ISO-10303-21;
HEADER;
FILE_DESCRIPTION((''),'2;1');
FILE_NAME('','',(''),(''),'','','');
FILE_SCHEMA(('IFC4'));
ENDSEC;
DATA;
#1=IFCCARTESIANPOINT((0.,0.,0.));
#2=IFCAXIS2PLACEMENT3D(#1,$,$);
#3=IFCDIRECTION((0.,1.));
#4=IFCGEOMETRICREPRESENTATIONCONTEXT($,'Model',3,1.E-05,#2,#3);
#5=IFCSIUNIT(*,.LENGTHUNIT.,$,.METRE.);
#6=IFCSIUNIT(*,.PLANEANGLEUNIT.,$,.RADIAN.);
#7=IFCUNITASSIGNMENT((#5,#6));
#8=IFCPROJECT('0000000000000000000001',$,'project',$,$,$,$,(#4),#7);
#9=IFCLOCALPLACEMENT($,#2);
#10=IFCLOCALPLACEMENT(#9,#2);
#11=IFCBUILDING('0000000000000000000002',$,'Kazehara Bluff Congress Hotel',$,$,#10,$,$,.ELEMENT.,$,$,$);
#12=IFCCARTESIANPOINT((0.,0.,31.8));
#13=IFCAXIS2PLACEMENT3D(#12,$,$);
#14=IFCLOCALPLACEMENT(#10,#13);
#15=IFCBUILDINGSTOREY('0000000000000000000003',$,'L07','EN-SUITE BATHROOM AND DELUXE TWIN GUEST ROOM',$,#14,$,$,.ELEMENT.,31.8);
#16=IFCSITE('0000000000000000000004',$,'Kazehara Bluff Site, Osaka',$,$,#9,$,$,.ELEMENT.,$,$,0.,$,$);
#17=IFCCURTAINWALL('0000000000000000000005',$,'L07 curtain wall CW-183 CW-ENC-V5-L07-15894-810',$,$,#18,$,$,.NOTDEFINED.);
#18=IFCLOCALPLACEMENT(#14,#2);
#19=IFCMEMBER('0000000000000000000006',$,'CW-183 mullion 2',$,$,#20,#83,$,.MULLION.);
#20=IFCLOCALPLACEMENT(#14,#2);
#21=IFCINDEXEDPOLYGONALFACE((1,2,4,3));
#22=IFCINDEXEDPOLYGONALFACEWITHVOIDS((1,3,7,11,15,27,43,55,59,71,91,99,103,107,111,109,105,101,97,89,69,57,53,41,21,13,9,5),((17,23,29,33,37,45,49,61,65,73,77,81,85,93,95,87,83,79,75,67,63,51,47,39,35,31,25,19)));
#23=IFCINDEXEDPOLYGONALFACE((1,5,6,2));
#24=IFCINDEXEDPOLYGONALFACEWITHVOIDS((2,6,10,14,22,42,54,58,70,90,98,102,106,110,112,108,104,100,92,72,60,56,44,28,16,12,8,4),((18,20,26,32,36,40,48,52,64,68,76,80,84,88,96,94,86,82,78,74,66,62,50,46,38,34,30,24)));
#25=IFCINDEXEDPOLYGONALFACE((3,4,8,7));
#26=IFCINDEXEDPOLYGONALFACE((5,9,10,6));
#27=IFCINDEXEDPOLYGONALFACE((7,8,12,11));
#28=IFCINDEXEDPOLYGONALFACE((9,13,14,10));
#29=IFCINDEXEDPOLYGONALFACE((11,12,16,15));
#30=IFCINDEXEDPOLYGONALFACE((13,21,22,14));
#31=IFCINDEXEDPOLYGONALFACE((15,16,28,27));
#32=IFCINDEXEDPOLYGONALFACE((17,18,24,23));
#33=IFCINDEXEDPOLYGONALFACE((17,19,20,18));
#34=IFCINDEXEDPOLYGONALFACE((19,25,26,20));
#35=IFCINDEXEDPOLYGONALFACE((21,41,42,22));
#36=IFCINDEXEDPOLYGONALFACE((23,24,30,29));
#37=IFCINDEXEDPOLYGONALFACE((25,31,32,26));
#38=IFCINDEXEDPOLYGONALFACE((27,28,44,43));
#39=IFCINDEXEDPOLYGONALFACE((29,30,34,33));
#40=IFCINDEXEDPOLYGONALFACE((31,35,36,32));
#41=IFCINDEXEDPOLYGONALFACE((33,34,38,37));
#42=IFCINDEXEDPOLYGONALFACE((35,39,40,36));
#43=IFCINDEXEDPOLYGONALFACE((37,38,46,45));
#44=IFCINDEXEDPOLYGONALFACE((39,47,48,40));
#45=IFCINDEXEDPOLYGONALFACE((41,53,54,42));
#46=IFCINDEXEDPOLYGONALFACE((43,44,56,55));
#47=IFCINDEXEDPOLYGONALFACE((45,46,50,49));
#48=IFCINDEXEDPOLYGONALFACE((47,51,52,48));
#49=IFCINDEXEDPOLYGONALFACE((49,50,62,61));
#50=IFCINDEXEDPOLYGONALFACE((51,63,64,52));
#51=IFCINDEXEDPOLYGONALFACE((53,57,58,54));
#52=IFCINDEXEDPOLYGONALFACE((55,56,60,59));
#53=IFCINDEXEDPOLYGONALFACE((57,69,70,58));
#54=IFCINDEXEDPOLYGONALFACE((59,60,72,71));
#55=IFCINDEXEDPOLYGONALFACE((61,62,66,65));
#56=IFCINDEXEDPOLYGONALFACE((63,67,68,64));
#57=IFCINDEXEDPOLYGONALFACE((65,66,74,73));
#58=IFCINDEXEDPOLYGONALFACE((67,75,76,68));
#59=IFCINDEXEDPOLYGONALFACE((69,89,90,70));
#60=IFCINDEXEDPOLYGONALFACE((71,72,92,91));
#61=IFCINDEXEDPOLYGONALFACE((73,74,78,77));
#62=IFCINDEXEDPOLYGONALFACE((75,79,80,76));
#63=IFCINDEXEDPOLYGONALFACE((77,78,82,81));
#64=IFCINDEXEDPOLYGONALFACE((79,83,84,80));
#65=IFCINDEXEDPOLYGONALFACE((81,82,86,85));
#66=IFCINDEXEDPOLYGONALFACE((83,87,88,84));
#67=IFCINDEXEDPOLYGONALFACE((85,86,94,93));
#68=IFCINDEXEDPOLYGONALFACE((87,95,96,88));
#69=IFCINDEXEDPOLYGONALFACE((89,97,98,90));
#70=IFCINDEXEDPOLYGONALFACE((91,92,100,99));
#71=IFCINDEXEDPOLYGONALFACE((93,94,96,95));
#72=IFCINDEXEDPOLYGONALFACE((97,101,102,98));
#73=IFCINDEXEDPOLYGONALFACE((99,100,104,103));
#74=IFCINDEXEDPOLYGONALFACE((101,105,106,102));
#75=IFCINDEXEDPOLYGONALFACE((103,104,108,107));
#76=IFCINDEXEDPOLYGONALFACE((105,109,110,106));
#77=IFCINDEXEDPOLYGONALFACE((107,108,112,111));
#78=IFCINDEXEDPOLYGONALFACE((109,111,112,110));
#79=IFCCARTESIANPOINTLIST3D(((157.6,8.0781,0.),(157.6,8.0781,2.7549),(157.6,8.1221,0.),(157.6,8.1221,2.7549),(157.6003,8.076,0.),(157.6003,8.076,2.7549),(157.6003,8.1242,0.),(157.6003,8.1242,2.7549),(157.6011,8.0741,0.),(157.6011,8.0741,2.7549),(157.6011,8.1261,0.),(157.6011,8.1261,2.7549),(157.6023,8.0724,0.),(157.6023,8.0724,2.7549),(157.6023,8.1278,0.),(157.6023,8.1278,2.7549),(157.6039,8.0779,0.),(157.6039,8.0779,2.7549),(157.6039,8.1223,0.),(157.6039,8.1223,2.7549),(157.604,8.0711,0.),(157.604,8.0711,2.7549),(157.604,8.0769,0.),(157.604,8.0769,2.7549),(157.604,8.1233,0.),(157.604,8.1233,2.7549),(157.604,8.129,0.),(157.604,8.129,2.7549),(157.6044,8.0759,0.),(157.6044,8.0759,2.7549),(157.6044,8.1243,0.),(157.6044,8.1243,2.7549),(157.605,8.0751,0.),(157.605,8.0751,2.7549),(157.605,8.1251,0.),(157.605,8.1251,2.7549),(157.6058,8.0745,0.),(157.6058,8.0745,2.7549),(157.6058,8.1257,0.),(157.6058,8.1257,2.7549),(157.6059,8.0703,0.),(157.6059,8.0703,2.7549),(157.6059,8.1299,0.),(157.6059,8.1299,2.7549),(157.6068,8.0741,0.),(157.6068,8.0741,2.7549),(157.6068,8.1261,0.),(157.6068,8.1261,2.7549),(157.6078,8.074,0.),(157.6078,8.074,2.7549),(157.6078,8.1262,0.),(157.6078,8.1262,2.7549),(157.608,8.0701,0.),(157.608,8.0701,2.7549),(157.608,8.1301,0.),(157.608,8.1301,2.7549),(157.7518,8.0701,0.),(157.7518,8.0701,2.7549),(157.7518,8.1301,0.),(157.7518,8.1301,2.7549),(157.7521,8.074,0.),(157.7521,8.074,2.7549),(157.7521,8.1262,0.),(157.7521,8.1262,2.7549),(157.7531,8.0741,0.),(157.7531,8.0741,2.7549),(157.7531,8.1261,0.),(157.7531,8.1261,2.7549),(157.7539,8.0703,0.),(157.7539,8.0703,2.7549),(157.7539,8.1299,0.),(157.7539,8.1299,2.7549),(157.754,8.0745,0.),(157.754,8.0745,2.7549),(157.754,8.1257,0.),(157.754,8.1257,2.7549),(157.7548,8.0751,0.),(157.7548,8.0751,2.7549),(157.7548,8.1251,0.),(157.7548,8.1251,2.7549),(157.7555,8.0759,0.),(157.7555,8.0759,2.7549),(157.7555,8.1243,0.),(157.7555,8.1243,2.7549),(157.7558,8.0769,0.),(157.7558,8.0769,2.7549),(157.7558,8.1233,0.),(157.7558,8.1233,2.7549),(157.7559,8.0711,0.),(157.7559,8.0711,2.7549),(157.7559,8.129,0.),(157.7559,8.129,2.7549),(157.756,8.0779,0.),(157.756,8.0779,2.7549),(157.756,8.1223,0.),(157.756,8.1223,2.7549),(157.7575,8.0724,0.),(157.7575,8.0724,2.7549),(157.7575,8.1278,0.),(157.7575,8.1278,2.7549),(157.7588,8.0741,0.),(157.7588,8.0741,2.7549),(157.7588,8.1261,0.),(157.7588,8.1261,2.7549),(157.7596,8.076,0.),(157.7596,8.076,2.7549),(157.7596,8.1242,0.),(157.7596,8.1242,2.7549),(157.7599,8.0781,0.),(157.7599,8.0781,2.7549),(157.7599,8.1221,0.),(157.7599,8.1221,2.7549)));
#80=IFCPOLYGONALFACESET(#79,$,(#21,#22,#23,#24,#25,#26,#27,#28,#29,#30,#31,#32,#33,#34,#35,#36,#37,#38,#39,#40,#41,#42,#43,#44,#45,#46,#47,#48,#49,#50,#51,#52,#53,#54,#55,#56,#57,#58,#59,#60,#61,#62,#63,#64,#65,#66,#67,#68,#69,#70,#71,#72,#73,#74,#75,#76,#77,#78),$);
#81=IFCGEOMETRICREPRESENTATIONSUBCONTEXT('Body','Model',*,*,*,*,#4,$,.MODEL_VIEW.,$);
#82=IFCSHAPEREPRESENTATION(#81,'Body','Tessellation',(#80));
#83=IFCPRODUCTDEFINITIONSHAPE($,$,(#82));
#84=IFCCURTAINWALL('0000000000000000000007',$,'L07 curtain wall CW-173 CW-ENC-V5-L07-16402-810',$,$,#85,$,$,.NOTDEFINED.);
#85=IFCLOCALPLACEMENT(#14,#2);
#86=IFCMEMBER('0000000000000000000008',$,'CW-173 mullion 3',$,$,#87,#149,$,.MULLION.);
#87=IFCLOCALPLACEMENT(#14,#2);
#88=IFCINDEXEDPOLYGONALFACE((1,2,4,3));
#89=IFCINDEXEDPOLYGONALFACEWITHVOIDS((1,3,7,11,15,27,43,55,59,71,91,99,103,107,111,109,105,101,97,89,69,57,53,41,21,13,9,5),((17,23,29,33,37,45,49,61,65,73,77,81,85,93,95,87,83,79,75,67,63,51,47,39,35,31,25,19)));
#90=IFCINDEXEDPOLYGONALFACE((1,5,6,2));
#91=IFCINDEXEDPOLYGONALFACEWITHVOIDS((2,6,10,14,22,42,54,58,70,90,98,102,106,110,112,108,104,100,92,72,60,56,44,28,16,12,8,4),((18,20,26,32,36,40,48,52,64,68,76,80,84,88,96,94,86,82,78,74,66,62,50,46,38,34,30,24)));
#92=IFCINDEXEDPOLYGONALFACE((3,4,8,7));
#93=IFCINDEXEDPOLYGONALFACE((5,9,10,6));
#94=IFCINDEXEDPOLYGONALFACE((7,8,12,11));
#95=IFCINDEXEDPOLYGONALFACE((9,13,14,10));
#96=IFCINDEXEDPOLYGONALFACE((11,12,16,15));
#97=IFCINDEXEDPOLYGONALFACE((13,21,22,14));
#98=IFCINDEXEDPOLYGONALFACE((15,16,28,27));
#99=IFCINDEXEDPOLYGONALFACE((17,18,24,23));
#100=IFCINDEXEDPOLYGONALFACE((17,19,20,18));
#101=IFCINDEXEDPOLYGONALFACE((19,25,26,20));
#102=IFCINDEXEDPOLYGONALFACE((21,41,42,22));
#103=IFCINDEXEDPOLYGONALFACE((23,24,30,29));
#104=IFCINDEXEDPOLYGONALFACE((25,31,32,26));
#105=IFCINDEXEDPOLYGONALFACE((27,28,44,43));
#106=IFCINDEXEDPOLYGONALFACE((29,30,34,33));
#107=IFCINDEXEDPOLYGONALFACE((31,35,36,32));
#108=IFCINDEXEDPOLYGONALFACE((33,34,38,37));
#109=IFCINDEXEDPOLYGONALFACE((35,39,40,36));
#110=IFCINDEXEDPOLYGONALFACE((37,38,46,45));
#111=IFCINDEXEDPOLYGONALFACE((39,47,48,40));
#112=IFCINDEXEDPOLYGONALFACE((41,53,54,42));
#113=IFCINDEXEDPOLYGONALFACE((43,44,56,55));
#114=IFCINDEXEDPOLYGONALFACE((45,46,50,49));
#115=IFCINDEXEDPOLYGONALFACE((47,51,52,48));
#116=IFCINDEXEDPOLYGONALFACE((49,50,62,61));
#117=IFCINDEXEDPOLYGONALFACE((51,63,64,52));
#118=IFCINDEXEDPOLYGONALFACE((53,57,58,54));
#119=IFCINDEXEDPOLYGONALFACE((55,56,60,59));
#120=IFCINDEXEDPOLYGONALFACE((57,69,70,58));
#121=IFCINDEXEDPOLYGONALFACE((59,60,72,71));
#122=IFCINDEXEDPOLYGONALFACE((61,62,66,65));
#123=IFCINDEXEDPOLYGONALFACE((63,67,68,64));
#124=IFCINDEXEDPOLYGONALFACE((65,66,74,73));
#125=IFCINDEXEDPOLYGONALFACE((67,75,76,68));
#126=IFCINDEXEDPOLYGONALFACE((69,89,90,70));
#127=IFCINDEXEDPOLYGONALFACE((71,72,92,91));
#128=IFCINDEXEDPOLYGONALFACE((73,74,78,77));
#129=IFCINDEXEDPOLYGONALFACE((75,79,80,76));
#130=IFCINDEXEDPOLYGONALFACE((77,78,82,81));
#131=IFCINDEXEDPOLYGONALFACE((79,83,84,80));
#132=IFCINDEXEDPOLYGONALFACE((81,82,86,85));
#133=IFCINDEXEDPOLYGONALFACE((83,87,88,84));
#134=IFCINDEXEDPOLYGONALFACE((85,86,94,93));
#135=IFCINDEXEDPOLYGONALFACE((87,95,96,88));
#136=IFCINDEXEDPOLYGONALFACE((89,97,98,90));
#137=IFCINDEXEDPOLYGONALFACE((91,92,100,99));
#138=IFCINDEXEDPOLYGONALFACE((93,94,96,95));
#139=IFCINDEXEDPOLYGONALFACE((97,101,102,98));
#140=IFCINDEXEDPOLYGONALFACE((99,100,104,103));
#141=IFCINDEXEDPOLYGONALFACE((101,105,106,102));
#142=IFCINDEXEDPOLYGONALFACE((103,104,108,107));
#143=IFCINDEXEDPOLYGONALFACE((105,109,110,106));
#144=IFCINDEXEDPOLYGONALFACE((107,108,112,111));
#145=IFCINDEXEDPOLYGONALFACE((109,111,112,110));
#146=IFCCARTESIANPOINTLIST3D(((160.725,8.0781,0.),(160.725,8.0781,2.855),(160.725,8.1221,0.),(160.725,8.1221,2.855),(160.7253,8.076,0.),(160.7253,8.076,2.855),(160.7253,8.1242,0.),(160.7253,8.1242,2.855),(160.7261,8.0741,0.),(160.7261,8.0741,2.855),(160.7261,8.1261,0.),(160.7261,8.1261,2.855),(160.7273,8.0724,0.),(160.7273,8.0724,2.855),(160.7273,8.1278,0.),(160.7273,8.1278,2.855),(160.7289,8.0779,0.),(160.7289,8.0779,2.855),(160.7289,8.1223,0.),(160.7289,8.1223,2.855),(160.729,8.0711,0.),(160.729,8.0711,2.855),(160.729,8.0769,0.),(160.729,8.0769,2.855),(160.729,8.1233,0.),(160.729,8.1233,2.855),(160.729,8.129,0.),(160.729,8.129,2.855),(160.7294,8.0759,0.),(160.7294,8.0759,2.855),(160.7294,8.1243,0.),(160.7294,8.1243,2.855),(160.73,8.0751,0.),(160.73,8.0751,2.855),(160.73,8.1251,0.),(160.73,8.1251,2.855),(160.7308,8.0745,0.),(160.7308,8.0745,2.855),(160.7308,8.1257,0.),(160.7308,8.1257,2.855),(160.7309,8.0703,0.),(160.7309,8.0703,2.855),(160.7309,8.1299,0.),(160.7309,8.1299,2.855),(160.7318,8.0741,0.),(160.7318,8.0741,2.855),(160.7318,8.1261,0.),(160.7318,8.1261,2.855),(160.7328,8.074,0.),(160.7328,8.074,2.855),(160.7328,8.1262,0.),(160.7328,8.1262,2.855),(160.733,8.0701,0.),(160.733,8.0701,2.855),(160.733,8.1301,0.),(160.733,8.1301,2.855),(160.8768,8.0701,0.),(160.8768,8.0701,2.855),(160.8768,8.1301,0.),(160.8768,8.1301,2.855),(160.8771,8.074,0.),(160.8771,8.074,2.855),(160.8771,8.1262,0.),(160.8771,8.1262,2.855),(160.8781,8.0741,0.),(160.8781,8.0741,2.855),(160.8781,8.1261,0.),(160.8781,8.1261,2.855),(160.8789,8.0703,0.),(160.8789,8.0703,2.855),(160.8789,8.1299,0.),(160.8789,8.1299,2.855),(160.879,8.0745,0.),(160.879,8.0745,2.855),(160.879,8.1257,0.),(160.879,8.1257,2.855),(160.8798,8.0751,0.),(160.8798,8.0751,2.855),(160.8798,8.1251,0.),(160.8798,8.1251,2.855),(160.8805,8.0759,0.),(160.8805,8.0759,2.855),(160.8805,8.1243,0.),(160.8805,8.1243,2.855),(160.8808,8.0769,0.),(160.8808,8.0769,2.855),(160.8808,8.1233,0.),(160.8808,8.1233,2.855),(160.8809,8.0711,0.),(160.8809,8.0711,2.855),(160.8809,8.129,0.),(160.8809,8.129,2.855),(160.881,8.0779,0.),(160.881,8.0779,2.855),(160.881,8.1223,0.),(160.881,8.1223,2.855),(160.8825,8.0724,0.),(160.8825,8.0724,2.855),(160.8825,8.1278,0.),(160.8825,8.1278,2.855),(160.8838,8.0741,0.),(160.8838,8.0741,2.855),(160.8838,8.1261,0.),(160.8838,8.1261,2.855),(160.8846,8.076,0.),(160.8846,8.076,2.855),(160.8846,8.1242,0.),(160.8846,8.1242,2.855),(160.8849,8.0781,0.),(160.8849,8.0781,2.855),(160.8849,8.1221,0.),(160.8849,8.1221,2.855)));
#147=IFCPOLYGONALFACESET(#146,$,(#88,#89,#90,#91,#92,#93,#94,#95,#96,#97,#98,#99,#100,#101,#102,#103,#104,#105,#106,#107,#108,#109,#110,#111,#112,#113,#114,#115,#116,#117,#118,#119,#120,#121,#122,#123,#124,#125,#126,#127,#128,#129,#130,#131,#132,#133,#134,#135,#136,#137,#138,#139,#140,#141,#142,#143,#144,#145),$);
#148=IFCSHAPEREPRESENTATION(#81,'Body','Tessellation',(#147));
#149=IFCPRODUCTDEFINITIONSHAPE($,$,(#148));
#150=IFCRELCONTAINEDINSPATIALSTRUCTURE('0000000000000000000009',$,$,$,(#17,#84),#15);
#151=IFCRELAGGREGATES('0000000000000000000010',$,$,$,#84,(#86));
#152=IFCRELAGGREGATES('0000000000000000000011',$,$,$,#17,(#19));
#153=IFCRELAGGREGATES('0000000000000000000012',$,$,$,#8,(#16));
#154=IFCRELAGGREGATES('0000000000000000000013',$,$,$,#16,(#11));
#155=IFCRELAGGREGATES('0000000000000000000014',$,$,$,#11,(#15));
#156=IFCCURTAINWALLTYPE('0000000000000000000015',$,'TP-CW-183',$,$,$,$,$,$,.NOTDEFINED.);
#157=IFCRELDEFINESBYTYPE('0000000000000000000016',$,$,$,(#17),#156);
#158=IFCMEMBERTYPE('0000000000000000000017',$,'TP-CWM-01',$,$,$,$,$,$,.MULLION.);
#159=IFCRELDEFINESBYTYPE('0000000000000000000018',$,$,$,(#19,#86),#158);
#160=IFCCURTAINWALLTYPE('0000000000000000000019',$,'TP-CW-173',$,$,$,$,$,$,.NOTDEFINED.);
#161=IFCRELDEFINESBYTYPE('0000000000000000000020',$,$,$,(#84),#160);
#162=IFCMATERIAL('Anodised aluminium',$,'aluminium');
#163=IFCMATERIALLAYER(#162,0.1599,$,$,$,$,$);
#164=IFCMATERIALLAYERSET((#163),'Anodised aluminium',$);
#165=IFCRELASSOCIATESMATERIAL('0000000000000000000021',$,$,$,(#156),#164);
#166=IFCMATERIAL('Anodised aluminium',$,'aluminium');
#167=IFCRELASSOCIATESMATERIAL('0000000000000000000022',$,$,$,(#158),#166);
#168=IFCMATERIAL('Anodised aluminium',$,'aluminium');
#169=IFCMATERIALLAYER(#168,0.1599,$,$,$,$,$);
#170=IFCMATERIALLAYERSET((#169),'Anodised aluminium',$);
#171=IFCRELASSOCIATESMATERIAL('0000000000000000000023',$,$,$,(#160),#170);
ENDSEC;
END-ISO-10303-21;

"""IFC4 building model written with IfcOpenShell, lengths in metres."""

from ifc_helpers import new_model, si_unit, direction, frame, origin, origin_2d, place, context, subcontext, project, spatial, hollow_rectangle, extrude, material, layer, layer_set, material_profile, profile_set, type_object, element, aggregate, save


model = new_model("IFC4")

# Units and contexts
model_context = context("Model", 3, precision=1e-05, world=origin(), true_north=direction((0.0, 1.0)))
body_context = subcontext(model_context, "Body", "Model", "MODEL_VIEW")
ifc_project = project(units=[si_unit("LENGTHUNIT", "METRE"), si_unit("PLANEANGLEUNIT", "RADIAN")], contexts=[model_context])

# Site, building, storey
site_placement = place(None, origin())
site = spatial("IfcSite", under=ifc_project, at=site_placement, Name="Kazehara Bluff Site, Osaka", CompositionType="ELEMENT", RefElevation=0.0)
building_placement = place(site_placement, origin())
building = spatial("IfcBuilding", under=site, at=building_placement, Name="Kazehara Bluff Congress Hotel", CompositionType="ELEMENT")
storey_placement = place(building_placement, frame((0.0, 0.0, 31.8)))
storey = spatial("IfcBuildingStorey", under=building, at=storey_placement, Name="L07", Description="EN-SUITE BATHROOM AND DELUXE TWIN GUEST ROOM", CompositionType="ELEMENT", Elevation=31.8)

# Curtain wall, member
ifc_material_1 = material(Name="Anodised aluminium", Category="aluminium")
ifc_layer_1 = layer(ifc_material_1, 0.1599)
ifc_layer_set_1 = layer_set([ifc_layer_1], Name="Anodised aluminium")
curtain_wall_type_1 = type_object("IfcCurtainWallType", Name="TP-CW-183", PredefinedType="NOTDEFINED", material=ifc_layer_set_1)
curtain_wall_1_placement = place(storey_placement, origin())
curtain_wall_1 = element("IfcCurtainWall", 1, at=curtain_wall_1_placement, inside=storey, type_object=curtain_wall_type_1, Name="L07 curtain wall CW-183 CW-ENC-V5-L07-15894-810", PredefinedType="NOTDEFINED")
ifc_material_2 = material(Name="Anodised aluminium", Category="aluminium")
ifc_material_profile_1 = material_profile(ifc_material_2, hollow_rectangle(XDim=0.0601, YDim=0.1599, WallThickness=0.0039, InnerFilletRadius=0.0039, OuterFilletRadius=0.0081, at=origin_2d()))
ifc_profile_set_1 = profile_set([ifc_material_profile_1], Name="Anodised aluminium")
member_type_1 = type_object("IfcMemberType", Name="TP-CWM-01", PredefinedType="MULLION", material=ifc_profile_set_1)
member_1_placement = place(storey_placement, frame((157.6799, 8.1001, 0.0), z_axis=(0.0, 0.0, 1.0), x_axis=(0.0, -1.0, 0.0)))
member_1 = element("IfcMember", 2, at=member_1_placement, type_object=member_type_1, Name="CW-183 mullion 2", PredefinedType="MULLION", context=body_context, shape_type="SweptSolid", body=[
    extrude(hollow_rectangle(XDim=0.0601, YDim=0.1599, WallThickness=0.0039, InnerFilletRadius=0.0039, OuterFilletRadius=0.0081, at=origin_2d()), origin(), (0.0, 0.0, 1.0), 2.7549),
])

# Curtain wall, member
ifc_material_3 = material(Name="Anodised aluminium", Category="aluminium")
ifc_layer_2 = layer(ifc_material_3, 0.1599)
ifc_layer_set_2 = layer_set([ifc_layer_2], Name="Anodised aluminium")
curtain_wall_type_2 = type_object("IfcCurtainWallType", Name="TP-CW-173", PredefinedType="NOTDEFINED", material=ifc_layer_set_2)
curtain_wall_2_placement = place(storey_placement, origin())
curtain_wall_2 = element("IfcCurtainWall", 3, at=curtain_wall_2_placement, inside=storey, type_object=curtain_wall_type_2, Name="L07 curtain wall CW-173 CW-ENC-V5-L07-16402-810", PredefinedType="NOTDEFINED")
member_2_placement = place(storey_placement, frame((160.8049, 8.1001, 0.0), z_axis=(0.0, 0.0, 1.0), x_axis=(0.0, -1.0, 0.0)))
member_2 = element("IfcMember", 4, at=member_2_placement, type_object=member_type_1, Name="CW-173 mullion 3", PredefinedType="MULLION", context=body_context, shape_type="SweptSolid", body=[
    extrude(hollow_rectangle(XDim=0.0601, YDim=0.1599, WallThickness=0.0039, InnerFilletRadius=0.0039, OuterFilletRadius=0.0081, at=origin_2d()), origin(), (0.0, 0.0, 1.0), 2.855),
])

aggregate(curtain_wall_2, [member_2])
aggregate(curtain_wall_1, [member_1])

save(model, "model.ifc")
